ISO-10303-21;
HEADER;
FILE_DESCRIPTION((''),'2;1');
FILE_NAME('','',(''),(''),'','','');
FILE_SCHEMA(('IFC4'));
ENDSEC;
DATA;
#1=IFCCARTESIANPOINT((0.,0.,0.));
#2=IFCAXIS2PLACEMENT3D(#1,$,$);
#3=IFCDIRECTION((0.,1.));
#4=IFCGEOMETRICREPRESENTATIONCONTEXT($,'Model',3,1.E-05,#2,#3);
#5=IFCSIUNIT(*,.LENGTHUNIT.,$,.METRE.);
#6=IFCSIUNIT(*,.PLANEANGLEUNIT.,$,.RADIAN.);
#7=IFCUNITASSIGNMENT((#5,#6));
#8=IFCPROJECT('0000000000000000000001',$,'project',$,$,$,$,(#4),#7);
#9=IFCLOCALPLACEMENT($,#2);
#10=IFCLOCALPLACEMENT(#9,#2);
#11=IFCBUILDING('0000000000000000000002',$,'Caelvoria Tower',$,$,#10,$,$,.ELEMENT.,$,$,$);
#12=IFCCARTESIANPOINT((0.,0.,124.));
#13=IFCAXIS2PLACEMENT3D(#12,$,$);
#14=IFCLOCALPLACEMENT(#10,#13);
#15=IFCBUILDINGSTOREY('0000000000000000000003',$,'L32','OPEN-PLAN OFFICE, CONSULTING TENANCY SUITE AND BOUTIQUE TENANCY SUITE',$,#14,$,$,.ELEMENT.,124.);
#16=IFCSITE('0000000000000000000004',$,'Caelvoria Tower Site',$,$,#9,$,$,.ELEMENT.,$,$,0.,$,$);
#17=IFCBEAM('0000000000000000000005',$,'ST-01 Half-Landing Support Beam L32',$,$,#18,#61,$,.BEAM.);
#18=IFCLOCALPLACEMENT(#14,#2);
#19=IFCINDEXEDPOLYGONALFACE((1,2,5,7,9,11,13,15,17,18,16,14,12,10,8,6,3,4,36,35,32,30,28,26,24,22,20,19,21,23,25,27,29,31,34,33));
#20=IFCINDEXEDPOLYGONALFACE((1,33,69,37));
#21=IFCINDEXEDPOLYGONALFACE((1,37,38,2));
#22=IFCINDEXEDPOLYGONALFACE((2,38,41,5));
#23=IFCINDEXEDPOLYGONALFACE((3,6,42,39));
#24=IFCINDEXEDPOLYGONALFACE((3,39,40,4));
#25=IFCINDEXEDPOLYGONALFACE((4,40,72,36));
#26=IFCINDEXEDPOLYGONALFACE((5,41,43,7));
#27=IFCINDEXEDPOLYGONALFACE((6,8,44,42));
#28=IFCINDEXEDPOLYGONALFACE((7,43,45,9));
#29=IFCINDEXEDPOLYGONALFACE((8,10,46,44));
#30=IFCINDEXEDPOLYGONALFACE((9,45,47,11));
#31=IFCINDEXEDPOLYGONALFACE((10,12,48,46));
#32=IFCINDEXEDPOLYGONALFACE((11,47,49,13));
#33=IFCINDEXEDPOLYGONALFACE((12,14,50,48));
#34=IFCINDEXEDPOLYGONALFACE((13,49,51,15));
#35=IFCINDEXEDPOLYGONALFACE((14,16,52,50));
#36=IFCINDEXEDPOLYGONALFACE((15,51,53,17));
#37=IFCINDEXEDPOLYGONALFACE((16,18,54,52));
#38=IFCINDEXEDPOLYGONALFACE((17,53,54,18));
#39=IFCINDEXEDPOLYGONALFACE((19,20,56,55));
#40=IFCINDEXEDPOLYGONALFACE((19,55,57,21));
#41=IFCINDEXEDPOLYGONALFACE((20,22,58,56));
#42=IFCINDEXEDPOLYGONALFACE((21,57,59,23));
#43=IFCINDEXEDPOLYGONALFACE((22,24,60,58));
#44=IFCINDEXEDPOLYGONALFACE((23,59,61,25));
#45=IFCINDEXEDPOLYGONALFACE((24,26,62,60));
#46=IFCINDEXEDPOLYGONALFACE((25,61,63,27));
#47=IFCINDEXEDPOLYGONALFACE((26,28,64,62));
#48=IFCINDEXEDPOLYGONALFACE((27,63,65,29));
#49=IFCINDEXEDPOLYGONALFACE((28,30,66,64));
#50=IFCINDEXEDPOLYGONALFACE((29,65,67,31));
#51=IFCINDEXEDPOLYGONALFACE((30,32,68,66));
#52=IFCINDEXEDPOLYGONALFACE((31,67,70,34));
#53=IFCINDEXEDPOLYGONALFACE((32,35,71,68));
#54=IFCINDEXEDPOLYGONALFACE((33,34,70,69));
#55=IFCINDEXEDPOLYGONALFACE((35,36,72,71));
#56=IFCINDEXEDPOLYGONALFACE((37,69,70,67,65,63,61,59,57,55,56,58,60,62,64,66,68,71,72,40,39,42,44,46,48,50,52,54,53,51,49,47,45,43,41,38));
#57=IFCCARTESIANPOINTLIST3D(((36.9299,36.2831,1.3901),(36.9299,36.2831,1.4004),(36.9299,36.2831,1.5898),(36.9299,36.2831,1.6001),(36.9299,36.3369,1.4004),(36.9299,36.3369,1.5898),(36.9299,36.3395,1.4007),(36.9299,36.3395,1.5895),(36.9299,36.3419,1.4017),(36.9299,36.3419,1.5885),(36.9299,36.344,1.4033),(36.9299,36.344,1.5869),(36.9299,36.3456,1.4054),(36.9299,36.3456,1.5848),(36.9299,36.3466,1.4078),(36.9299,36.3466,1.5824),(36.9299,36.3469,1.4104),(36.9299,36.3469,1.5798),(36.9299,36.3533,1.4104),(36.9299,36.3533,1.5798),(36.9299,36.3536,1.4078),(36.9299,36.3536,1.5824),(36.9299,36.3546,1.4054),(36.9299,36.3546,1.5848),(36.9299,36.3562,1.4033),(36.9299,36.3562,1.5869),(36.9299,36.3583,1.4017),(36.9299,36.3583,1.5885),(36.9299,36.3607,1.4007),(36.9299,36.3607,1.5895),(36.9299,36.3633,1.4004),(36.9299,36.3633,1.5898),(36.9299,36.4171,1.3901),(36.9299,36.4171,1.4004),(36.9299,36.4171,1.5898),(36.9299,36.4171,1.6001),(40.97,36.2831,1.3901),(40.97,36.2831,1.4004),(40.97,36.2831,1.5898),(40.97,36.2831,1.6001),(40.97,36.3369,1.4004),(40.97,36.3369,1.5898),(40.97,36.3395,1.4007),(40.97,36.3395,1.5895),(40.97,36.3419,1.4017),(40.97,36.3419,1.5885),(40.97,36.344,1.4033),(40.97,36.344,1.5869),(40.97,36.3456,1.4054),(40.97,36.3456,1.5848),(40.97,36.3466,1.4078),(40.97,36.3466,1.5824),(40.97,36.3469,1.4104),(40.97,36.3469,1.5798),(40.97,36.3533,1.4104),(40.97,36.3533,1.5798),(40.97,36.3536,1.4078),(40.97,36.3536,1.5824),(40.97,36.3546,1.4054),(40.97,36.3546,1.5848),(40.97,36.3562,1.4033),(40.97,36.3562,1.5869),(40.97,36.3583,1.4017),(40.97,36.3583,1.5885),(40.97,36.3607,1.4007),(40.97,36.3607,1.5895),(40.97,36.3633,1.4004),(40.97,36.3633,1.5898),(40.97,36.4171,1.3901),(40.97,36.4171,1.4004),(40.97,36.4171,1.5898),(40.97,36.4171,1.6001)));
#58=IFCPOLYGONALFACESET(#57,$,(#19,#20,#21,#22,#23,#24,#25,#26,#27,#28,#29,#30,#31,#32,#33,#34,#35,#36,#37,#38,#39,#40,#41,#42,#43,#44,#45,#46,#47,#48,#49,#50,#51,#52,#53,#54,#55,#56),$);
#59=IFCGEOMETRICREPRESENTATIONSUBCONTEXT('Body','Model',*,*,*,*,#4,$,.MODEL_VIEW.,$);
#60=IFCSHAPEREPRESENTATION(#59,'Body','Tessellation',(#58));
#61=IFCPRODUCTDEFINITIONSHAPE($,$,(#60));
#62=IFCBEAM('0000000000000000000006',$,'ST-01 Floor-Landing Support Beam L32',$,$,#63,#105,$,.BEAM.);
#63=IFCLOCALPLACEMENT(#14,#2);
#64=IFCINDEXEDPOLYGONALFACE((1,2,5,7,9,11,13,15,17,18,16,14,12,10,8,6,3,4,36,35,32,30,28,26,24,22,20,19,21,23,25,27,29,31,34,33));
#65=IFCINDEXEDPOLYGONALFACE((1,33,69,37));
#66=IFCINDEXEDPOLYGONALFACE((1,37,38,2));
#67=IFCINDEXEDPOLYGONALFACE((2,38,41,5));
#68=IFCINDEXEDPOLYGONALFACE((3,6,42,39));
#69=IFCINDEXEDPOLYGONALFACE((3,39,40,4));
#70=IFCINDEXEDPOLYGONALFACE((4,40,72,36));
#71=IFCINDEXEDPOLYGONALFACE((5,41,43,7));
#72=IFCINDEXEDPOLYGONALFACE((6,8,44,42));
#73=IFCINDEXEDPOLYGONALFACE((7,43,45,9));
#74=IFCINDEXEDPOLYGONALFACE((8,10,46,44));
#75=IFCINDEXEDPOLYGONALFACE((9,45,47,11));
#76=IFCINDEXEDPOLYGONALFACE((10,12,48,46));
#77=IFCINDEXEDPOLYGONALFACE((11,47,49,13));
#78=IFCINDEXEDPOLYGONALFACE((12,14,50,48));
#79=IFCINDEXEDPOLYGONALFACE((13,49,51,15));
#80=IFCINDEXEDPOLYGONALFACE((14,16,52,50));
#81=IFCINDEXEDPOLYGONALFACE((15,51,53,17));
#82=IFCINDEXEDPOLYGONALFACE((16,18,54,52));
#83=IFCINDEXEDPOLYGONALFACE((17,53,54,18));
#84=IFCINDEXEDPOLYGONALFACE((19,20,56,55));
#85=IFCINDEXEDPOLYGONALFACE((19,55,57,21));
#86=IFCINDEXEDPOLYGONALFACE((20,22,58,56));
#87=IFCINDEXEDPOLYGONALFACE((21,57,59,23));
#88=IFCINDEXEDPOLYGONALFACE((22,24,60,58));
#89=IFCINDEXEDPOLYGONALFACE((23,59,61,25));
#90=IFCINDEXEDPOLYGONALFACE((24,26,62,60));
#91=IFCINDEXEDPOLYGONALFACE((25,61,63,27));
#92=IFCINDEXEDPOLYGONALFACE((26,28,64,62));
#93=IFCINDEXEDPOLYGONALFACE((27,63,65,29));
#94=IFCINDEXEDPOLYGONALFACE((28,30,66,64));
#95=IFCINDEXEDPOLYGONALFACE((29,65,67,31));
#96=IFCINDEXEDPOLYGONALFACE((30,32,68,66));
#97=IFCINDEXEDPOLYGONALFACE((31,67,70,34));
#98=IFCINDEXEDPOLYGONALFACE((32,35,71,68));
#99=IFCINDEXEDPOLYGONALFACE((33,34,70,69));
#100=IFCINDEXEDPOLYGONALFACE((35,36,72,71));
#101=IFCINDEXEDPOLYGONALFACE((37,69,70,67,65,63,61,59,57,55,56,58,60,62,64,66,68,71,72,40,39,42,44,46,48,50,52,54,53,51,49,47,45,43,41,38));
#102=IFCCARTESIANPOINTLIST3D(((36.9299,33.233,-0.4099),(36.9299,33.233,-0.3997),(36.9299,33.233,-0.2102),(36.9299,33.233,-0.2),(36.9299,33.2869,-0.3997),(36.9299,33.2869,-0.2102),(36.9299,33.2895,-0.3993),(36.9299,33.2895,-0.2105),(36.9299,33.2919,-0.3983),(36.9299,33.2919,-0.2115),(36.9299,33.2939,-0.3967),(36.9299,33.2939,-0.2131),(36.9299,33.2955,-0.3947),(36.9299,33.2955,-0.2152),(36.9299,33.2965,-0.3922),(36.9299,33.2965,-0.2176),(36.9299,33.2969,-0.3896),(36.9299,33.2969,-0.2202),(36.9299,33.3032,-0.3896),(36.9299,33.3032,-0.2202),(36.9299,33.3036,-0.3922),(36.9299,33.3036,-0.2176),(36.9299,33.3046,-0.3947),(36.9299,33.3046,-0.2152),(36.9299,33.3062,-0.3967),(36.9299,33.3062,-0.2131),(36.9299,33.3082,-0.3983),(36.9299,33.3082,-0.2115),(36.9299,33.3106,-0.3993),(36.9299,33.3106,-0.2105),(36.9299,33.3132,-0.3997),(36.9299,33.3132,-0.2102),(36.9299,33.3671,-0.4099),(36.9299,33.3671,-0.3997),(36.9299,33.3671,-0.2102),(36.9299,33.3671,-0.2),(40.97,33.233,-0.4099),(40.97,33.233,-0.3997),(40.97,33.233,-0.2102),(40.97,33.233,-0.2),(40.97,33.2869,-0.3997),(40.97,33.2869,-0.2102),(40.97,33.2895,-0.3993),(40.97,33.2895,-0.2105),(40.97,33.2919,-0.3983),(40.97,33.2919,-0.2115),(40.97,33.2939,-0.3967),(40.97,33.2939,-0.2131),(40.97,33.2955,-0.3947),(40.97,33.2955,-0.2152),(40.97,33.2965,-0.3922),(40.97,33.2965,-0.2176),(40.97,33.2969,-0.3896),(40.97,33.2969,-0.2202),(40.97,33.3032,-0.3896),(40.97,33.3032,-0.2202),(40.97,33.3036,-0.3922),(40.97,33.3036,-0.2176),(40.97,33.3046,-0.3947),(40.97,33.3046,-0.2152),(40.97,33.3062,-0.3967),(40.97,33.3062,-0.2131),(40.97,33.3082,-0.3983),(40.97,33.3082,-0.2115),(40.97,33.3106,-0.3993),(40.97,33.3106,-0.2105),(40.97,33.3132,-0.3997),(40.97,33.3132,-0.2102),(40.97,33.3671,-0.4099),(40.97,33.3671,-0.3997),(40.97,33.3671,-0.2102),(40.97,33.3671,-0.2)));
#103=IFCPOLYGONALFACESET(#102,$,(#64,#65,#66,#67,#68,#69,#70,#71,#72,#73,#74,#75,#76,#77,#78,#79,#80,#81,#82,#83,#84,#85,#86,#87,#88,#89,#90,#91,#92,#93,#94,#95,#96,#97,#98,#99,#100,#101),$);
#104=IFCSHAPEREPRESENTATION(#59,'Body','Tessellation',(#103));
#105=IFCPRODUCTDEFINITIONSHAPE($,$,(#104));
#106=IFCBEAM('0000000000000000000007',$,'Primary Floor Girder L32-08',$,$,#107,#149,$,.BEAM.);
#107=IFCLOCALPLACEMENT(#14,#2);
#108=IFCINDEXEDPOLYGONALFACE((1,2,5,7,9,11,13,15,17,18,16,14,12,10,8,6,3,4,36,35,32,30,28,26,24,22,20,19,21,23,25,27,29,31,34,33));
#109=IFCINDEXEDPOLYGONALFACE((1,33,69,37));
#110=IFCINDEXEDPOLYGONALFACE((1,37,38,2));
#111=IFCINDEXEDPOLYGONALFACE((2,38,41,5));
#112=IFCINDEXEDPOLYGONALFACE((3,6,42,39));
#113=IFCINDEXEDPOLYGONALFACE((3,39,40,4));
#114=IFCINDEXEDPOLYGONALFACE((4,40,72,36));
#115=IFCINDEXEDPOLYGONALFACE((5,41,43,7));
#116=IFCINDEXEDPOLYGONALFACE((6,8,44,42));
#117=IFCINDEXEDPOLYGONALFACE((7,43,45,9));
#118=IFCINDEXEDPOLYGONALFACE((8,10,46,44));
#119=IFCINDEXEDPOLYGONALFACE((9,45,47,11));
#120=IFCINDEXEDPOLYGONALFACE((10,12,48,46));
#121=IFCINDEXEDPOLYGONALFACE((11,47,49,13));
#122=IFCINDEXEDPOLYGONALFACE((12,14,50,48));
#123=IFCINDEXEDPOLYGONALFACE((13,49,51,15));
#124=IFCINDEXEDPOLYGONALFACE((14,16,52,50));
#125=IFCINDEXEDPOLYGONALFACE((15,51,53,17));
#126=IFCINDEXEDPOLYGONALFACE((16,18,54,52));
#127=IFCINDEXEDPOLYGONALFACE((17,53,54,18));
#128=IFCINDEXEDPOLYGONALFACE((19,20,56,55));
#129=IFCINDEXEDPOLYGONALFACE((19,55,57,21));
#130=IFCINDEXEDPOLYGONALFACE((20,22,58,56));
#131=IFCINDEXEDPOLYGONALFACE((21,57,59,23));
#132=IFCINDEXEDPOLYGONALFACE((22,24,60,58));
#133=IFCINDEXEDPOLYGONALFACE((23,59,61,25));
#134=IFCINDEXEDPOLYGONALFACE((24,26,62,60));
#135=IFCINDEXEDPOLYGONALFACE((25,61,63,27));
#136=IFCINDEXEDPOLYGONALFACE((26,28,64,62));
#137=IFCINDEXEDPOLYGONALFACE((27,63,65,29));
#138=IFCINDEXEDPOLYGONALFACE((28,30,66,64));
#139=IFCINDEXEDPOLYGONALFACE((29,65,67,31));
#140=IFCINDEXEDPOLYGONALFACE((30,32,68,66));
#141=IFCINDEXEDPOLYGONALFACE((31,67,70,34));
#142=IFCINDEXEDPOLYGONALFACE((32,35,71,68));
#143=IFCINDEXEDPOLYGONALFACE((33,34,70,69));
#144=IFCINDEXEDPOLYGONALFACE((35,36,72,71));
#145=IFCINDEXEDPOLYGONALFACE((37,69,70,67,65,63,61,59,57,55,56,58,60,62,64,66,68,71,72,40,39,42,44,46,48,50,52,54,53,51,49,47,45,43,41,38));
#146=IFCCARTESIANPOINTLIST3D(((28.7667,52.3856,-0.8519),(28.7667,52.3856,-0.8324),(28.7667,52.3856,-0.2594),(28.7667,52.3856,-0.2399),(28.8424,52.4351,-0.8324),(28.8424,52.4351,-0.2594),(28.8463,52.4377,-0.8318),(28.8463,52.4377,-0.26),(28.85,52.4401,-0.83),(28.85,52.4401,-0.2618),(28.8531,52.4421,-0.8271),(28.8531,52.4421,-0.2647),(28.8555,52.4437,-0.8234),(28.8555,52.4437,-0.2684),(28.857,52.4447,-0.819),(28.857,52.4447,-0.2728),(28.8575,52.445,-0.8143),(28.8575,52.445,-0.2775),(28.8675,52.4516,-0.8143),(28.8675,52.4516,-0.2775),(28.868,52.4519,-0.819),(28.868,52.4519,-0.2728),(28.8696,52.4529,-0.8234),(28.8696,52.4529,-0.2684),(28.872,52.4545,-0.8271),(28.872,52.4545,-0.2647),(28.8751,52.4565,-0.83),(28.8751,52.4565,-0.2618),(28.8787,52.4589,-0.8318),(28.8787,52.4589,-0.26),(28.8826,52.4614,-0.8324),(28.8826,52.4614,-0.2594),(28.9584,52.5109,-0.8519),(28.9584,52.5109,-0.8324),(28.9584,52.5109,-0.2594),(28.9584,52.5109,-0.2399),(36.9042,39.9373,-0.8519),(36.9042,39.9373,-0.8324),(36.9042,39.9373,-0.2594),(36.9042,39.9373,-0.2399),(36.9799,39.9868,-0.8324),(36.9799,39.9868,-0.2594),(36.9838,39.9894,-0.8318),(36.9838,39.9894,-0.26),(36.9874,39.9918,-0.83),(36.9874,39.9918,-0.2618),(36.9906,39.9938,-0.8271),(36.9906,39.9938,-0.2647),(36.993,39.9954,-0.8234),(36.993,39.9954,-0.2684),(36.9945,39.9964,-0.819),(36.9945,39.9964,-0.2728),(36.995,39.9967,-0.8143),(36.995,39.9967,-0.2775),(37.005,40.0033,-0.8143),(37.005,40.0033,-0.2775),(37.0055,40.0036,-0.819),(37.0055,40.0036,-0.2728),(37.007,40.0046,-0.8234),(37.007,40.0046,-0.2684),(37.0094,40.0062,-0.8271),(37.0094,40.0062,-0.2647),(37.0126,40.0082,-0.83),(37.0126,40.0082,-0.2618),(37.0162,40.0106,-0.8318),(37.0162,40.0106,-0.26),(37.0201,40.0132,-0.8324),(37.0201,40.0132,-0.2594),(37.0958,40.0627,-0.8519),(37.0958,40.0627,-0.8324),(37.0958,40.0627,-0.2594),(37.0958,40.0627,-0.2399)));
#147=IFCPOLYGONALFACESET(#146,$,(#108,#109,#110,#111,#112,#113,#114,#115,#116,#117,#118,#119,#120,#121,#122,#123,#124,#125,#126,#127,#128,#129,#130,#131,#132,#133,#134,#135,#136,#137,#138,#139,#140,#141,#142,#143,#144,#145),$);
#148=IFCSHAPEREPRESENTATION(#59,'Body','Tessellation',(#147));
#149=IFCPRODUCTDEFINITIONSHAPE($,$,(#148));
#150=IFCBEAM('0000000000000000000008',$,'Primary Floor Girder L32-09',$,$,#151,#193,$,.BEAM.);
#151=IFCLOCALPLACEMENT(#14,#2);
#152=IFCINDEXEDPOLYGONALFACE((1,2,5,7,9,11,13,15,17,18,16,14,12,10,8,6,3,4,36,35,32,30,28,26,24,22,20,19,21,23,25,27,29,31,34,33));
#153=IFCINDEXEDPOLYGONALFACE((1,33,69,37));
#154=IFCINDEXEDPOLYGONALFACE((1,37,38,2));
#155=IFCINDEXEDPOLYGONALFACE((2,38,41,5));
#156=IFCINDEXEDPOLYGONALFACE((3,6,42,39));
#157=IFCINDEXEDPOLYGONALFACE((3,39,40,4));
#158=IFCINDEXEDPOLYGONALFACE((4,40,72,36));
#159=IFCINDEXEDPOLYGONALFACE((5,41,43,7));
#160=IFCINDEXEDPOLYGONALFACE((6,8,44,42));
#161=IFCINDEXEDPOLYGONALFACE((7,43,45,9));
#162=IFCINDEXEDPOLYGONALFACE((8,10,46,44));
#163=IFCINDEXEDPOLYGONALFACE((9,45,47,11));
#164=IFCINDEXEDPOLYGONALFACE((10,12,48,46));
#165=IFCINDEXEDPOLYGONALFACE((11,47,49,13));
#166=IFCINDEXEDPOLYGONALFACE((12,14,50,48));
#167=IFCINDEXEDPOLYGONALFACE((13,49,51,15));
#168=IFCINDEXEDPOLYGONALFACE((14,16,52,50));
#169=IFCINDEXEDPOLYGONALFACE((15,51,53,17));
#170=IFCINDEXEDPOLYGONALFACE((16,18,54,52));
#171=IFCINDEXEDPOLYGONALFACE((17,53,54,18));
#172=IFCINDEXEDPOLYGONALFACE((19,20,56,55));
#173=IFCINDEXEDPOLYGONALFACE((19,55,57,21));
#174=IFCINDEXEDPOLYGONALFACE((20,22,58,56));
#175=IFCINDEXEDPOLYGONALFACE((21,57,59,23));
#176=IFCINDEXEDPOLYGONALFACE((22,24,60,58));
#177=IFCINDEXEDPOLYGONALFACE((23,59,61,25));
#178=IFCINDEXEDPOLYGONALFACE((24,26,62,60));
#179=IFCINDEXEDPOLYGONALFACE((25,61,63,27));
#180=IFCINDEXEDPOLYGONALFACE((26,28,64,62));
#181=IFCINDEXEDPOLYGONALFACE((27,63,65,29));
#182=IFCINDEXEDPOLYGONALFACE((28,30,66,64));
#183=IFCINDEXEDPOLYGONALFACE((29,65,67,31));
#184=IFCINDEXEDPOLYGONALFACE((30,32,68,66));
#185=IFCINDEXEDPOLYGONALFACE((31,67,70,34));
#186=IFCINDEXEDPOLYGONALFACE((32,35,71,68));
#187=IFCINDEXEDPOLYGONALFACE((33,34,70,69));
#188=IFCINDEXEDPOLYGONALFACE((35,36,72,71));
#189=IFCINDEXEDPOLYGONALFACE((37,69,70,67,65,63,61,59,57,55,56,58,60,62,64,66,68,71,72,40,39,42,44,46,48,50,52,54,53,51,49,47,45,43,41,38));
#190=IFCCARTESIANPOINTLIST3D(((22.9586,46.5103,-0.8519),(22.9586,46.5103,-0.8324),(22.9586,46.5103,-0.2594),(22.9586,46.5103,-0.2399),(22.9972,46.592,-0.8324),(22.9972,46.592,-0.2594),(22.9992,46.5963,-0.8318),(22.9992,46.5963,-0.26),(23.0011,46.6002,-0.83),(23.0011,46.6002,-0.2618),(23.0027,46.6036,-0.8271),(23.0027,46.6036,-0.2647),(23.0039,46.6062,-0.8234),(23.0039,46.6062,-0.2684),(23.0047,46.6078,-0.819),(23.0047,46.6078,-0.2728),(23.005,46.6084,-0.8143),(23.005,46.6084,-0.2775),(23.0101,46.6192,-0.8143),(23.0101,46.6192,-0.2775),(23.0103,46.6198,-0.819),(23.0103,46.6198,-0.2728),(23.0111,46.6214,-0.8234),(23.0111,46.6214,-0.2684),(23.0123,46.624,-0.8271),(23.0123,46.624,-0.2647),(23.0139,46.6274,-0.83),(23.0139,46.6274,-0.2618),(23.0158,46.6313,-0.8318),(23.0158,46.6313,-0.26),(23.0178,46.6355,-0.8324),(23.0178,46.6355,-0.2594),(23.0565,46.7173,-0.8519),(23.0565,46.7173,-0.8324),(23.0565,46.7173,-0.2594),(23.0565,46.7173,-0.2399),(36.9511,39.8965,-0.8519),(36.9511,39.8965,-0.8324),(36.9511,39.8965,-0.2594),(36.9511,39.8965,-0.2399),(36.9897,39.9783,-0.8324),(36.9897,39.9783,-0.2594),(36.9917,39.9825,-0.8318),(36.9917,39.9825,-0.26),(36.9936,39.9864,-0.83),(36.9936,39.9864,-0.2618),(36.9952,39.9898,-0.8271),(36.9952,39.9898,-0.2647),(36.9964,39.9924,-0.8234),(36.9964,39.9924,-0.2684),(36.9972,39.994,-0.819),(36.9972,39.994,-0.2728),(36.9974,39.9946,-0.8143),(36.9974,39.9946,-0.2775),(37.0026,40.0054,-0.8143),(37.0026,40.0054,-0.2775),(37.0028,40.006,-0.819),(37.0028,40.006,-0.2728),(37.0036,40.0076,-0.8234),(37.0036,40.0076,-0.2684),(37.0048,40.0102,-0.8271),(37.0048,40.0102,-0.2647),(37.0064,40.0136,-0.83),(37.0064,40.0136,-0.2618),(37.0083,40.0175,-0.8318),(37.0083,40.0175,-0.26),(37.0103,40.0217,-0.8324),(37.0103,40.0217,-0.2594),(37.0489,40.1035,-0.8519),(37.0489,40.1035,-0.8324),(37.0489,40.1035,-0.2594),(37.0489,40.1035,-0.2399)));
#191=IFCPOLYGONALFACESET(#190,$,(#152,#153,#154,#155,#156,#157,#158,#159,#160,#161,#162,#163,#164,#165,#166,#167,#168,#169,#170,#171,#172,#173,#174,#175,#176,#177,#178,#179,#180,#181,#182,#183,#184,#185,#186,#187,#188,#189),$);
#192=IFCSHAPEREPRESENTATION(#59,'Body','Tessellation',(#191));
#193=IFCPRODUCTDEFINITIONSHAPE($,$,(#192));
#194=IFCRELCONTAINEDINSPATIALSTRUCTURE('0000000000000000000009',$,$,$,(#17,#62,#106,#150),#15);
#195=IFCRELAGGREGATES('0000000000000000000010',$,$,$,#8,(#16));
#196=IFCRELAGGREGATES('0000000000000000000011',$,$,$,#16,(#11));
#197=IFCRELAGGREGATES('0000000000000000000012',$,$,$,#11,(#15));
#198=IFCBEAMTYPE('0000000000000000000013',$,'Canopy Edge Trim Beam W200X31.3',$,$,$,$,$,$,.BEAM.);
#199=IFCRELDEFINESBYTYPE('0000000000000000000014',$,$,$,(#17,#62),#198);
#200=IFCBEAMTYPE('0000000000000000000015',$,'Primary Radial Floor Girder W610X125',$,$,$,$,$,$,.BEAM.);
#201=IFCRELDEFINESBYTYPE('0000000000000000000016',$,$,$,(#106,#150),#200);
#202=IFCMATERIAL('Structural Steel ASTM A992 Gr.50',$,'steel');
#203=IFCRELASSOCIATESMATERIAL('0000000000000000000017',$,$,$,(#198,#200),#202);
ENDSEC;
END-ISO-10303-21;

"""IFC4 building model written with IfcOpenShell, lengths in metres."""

from ifc_helpers import new_model, si_unit, direction, frame, origin, origin_2d, place, context, subcontext, project, spatial, i_section, extrude, material, material_profile, profile_set, type_object, element, save


model = new_model("IFC4")

# Units and contexts
model_context = context("Model", 3, precision=1e-05, world=origin(), true_north=direction((0.0, 1.0)))
body_context = subcontext(model_context, "Body", "Model", "MODEL_VIEW")
ifc_project = project(units=[si_unit("LENGTHUNIT", "METRE"), si_unit("PLANEANGLEUNIT", "RADIAN")], contexts=[model_context])

# Site, building, storey
site_placement = place(None, origin())
site = spatial("IfcSite", under=ifc_project, at=site_placement, Name="Caelvoria Tower Site", CompositionType="ELEMENT", RefElevation=0.0)
building_placement = place(site_placement, origin())
building = spatial("IfcBuilding", under=site, at=building_placement, Name="Caelvoria Tower", CompositionType="ELEMENT")
storey_placement = place(building_placement, frame((0.0, 0.0, 124.0)))
storey = spatial("IfcBuildingStorey", under=building, at=storey_placement, Name="L32", Description="OPEN-PLAN OFFICE, CONSULTING TENANCY SUITE AND BOUTIQUE TENANCY SUITE", CompositionType="ELEMENT", Elevation=124.0)

# Beams
ifc_material_1 = material(Name="Structural Steel ASTM A992 Gr.50", Category="steel")
ifc_material_profile_1 = material_profile(ifc_material_1, i_section(OverallWidth=0.134, OverallDepth=0.21, WebThickness=0.0063, FlangeThickness=0.0103, FilletRadius=0.01, at=origin_2d()), Name="Structural Steel ASTM A992 Gr.50")
ifc_profile_set_1 = profile_set([ifc_material_profile_1], Name="W200X31.3 - Structural Steel ASTM A992 Gr.50")
beam_type_1 = type_object("IfcBeamType", Name="Canopy Edge Trim Beam W200X31.3", PredefinedType="BEAM", material=ifc_profile_set_1)
for number, where, z_axis, x_axis, name in (
    (1, (36.9299, 36.3501, 1.4951), (1.0, 0.0, 0.0), (0.0, 1.0, 0.0), "ST-01 Half-Landing Support Beam L32"),
    (2, (36.9299, 33.3, -0.3049), (1.0, 0.0, 0.0), (0.0, 1.0, 0.0), "ST-01 Floor-Landing Support Beam L32"),
):
    element("IfcBeam", number, at=place(storey_placement, frame(where, z_axis=z_axis, x_axis=x_axis)), inside=storey, type_object=beam_type_1, Name=name, PredefinedType="BEAM", context=body_context, shape_type="SweptSolid", body=[
        extrude(i_section(OverallWidth=0.134, OverallDepth=0.21, WebThickness=0.0063, FlangeThickness=0.0103, FilletRadius=0.01, at=origin_2d()), origin(), (0.0, 0.0, 1.0), 4.04),
    ])
ifc_material_profile_2 = material_profile(ifc_material_1, i_section(OverallWidth=0.229, OverallDepth=0.6121, WebThickness=0.012, FlangeThickness=0.0195, FilletRadius=0.0181, at=origin_2d()), Name="Structural Steel ASTM A992 Gr.50")
ifc_profile_set_2 = profile_set([ifc_material_profile_2], Name="W610X125 - Structural Steel ASTM A992 Gr.50")
beam_type_2 = type_object("IfcBeamType", Name="Primary Radial Floor Girder W610X125", PredefinedType="BEAM", material=ifc_profile_set_2)
beam_1_placement = place(storey_placement, frame((37.0, 40.0, -0.5459), z_axis=(-0.547165, 0.837025, 0.0), x_axis=(-0.837025, -0.547165, 0.0)))
element("IfcBeam", 3, at=beam_1_placement, inside=storey, type_object=beam_type_2, Name="Primary Floor Girder L32-08", PredefinedType="BEAM", context=body_context, shape_type="SweptSolid", body=[
    extrude(i_section(OverallWidth=0.229, OverallDepth=0.6121, WebThickness=0.012, FlangeThickness=0.0195, FilletRadius=0.0181, at=origin_2d()), origin(), (0.0, 0.0, 1.0), 14.8721),
])
beam_2_placement = place(storey_placement, frame((37.0, 40.0, -0.5459), z_axis=(-0.904093, 0.427336, 0.0), x_axis=(-0.427336, -0.904093, 0.0)))
element("IfcBeam", 4, at=beam_2_placement, inside=storey, type_object=beam_type_2, Name="Primary Floor Girder L32-09", PredefinedType="BEAM", context=body_context, shape_type="SweptSolid", body=[
    extrude(i_section(OverallWidth=0.229, OverallDepth=0.6121, WebThickness=0.012, FlangeThickness=0.0195, FilletRadius=0.0181, at=origin_2d()), origin(), (0.0, 0.0, 1.0), 15.4768),
])

save(model, "model.ifc")
